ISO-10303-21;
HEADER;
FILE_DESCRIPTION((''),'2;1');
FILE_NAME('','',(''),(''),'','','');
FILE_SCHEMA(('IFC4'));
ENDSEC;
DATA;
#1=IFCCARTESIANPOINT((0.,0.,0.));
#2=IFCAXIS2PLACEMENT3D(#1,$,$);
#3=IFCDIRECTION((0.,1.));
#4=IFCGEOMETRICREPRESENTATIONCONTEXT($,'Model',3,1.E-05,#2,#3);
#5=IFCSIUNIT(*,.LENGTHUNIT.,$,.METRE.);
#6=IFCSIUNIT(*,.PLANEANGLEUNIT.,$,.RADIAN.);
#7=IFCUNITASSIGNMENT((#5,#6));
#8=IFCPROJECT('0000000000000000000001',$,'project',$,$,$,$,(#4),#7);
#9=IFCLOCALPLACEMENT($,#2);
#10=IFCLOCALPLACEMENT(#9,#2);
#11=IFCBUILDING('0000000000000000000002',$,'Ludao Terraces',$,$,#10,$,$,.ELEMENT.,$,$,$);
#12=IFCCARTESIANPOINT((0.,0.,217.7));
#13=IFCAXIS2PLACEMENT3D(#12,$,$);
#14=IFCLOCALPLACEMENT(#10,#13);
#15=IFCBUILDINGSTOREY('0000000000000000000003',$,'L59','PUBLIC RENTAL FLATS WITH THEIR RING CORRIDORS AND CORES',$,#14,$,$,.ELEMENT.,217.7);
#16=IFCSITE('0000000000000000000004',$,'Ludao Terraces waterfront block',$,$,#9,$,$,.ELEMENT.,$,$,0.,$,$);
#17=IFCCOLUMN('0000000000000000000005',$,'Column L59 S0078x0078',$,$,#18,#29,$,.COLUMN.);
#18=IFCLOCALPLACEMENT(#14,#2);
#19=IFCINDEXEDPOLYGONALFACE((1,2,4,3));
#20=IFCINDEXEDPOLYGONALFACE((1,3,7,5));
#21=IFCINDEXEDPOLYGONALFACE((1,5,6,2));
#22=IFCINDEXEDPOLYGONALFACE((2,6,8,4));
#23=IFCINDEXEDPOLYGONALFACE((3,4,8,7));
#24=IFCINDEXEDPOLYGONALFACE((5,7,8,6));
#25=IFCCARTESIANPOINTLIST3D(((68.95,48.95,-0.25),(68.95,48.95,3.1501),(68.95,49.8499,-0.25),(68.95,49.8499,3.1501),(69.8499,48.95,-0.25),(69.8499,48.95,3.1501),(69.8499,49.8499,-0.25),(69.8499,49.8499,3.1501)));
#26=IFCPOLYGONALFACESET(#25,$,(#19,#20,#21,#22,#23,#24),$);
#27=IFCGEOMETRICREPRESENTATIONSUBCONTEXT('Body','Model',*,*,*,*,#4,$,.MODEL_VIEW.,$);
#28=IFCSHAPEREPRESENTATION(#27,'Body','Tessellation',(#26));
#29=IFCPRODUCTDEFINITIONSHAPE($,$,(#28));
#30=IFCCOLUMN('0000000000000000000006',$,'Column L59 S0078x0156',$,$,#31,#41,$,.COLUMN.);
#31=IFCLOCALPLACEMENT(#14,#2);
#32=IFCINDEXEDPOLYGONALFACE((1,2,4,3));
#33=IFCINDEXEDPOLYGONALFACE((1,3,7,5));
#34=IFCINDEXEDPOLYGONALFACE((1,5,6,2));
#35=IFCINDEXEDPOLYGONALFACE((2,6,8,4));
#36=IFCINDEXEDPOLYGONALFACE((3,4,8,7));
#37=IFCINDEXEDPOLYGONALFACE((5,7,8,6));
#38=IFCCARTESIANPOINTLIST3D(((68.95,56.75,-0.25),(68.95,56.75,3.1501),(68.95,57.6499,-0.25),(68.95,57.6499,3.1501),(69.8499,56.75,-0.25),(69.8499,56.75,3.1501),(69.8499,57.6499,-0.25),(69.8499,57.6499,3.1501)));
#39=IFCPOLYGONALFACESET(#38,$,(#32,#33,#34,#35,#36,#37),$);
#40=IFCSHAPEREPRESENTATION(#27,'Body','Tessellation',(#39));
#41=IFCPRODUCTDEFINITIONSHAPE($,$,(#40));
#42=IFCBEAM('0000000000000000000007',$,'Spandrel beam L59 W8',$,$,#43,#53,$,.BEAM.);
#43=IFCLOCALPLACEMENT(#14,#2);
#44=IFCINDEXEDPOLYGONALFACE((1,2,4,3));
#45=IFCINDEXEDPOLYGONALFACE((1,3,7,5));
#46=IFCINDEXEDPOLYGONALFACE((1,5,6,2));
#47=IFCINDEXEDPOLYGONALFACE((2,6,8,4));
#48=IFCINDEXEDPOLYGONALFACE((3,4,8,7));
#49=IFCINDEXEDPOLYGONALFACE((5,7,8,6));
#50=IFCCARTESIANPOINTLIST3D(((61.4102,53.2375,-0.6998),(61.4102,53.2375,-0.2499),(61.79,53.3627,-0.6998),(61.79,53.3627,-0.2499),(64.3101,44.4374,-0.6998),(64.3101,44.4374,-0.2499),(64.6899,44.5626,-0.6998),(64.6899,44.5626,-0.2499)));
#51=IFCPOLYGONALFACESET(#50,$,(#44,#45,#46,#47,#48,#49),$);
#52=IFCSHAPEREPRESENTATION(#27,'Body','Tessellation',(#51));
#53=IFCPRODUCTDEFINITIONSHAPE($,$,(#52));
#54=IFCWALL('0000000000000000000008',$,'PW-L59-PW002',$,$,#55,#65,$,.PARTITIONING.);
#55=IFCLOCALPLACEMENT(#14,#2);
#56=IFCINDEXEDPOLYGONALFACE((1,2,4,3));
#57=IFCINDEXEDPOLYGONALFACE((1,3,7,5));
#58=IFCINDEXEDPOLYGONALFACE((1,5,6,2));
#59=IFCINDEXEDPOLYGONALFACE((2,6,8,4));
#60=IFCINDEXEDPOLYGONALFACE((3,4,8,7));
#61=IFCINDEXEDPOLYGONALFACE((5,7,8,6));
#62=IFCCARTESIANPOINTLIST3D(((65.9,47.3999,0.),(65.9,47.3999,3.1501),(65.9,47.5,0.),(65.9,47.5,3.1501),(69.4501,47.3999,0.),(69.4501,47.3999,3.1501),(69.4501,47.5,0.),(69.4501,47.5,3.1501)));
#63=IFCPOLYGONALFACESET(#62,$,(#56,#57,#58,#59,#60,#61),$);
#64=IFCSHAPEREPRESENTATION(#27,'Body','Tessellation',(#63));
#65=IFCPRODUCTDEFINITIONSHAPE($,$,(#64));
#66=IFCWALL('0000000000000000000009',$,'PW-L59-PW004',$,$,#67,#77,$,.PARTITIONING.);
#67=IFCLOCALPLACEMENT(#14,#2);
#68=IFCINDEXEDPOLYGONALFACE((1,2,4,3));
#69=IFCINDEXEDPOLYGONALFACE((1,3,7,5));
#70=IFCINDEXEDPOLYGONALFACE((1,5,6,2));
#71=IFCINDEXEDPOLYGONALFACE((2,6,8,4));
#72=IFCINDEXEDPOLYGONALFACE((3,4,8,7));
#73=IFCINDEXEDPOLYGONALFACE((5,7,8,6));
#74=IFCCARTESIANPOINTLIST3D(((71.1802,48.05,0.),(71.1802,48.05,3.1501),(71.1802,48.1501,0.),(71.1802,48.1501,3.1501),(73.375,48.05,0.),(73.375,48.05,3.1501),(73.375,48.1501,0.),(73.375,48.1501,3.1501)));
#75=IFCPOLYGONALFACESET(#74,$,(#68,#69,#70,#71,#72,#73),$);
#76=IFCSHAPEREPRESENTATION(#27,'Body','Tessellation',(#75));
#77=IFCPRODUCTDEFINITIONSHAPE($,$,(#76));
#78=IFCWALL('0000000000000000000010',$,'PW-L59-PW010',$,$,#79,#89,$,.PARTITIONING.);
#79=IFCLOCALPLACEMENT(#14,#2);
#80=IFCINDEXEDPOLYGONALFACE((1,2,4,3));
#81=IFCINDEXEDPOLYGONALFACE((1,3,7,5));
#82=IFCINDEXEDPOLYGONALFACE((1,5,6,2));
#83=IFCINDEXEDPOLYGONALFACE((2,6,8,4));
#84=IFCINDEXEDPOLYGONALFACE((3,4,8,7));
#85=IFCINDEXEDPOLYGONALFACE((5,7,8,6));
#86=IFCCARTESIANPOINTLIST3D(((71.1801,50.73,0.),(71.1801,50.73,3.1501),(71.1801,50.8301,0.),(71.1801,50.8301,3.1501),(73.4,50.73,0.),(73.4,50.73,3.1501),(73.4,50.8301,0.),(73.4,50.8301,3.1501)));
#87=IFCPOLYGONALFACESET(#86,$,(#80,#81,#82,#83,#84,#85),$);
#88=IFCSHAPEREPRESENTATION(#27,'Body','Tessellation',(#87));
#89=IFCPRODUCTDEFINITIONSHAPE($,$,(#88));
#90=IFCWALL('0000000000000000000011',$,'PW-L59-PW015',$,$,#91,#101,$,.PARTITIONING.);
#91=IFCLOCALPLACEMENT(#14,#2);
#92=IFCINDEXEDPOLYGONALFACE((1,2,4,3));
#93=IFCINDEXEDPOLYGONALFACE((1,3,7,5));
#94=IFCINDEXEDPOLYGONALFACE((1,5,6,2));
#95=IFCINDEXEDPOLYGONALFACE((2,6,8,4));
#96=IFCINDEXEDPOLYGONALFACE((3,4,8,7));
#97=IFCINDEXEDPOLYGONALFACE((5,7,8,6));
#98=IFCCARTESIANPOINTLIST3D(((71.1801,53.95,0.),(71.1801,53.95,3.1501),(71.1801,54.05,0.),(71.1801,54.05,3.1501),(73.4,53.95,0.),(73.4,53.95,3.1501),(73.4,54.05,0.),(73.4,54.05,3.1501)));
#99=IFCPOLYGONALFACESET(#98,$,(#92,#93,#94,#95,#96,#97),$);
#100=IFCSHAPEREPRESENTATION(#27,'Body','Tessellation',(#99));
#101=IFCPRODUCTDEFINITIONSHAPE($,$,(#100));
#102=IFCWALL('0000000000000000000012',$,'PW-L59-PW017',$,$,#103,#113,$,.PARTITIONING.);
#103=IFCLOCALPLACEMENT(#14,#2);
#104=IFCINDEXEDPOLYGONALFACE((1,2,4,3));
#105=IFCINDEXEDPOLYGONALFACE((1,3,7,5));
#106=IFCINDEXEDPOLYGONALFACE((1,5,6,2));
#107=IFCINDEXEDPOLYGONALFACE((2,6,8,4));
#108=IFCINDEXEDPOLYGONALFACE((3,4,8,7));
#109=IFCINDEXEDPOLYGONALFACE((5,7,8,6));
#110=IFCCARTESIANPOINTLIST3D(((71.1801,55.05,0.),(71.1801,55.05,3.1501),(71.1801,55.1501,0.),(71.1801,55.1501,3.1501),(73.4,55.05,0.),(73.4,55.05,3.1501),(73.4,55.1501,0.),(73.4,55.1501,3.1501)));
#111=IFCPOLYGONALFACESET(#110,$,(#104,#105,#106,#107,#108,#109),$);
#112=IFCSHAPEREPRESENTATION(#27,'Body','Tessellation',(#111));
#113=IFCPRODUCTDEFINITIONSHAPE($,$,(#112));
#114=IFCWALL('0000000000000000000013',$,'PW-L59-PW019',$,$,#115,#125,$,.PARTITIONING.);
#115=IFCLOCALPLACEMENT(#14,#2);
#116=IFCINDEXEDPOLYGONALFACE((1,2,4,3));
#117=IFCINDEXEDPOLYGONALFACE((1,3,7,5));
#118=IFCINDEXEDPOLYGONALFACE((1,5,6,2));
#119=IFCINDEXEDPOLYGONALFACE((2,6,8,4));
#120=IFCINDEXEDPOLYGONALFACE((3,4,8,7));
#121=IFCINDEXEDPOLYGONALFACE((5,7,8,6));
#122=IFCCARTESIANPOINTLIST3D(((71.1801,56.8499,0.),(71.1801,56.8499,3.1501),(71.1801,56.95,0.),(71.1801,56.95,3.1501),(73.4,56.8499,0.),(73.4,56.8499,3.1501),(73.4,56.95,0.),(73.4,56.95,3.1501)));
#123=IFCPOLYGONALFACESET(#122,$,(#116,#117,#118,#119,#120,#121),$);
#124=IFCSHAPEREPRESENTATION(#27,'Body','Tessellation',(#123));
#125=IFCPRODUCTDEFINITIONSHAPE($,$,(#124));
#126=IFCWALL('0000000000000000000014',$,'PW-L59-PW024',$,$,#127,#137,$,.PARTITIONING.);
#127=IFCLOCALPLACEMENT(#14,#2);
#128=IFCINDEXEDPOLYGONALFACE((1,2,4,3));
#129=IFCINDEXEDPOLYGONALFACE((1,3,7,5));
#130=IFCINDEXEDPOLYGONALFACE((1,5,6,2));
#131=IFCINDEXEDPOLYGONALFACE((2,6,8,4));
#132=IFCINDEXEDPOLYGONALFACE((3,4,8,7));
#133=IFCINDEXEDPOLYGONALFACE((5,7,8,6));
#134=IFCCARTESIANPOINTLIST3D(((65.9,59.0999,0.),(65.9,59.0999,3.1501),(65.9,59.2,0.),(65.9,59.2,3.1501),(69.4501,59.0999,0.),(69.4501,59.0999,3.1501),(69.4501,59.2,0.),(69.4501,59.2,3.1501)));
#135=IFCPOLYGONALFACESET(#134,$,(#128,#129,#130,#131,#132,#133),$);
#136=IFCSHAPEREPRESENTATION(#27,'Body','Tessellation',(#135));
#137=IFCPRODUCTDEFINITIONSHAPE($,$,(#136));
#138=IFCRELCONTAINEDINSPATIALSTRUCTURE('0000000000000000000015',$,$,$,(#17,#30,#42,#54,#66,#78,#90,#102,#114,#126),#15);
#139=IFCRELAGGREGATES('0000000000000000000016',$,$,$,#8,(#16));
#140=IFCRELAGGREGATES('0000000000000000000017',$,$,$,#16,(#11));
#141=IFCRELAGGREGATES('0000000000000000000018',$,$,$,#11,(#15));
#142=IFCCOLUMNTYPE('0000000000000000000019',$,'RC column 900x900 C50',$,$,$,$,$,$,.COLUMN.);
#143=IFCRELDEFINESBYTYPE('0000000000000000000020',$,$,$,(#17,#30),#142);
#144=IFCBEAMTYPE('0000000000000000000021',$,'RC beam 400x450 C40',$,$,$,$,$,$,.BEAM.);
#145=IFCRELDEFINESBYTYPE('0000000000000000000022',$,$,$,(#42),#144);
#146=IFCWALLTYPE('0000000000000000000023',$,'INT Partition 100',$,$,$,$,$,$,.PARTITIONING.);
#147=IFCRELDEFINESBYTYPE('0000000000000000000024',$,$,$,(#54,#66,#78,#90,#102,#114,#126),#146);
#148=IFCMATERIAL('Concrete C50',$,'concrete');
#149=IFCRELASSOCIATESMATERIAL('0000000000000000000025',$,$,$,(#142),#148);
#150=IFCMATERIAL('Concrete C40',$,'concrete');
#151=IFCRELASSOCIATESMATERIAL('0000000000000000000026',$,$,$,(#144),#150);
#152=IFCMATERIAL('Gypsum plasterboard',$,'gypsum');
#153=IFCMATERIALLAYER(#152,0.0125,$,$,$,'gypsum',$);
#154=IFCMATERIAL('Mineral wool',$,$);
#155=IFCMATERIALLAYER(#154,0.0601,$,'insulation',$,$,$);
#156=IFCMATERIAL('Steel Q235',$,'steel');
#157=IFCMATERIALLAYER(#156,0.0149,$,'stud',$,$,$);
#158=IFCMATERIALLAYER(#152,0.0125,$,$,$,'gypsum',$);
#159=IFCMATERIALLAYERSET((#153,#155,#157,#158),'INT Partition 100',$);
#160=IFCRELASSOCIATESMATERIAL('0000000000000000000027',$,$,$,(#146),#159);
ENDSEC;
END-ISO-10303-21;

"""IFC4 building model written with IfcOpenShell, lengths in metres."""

from ifc_helpers import new_model, si_unit, direction, frame, frame_2d, origin, origin_2d, place, context, subcontext, project, spatial, rectangle, extrude, material, layer, layer_set, material_profile, profile_set, type_object, element, save


model = new_model("IFC4")

# Units and contexts
model_context = context("Model", 3, precision=1e-05, world=origin(), true_north=direction((0.0, 1.0)))
body_context = subcontext(model_context, "Body", "Model", "MODEL_VIEW")
ifc_project = project(units=[si_unit("LENGTHUNIT", "METRE"), si_unit("PLANEANGLEUNIT", "RADIAN")], contexts=[model_context])

# Site, building, storey
site_placement = place(None, origin())
site = spatial("IfcSite", under=ifc_project, at=site_placement, Name="Ludao Terraces waterfront block", CompositionType="ELEMENT", RefElevation=0.0)
building_placement = place(site_placement, origin())
building = spatial("IfcBuilding", under=site, at=building_placement, Name="Ludao Terraces", CompositionType="ELEMENT")
storey_placement = place(building_placement, frame((0.0, 0.0, 217.7)))
storey = spatial("IfcBuildingStorey", under=building, at=storey_placement, Name="L59", Description="PUBLIC RENTAL FLATS WITH THEIR RING CORRIDORS AND CORES", CompositionType="ELEMENT", Elevation=217.7)

# Columns
ifc_material_1 = material(Name="Concrete C50", Category="concrete")
ifc_material_profile_1 = material_profile(ifc_material_1, rectangle(XDim=0.8999, YDim=0.8999, at=origin_2d()), Name="900 X 900")
ifc_profile_set_1 = profile_set([ifc_material_profile_1], Name="Concrete C50")
column_type = type_object("IfcColumnType", Name="RC column 900x900 C50", PredefinedType="COLUMN", material=ifc_profile_set_1)
for number, where, z_axis, x_axis, name in (
    (1, (69.3999, 49.3999, -0.25), (0.0, 0.0, 1.0), (1.0, 0.0, 0.0), "Column L59 S0078x0078"),
    (2, (69.3999, 57.2, -0.25), (0.0, 0.0, 1.0), (1.0, 0.0, 0.0), "Column L59 S0078x0156"),
):
    element("IfcColumn", number, at=place(storey_placement, frame(where, z_axis=z_axis, x_axis=x_axis)), inside=storey, type_object=column_type, Name=name, PredefinedType="COLUMN", context=body_context, shape_type="SweptSolid", body=[
        extrude(rectangle(XDim=0.8999, YDim=0.8999, at=origin_2d()), origin(), (0.0, 0.0, 1.0), 3.4001),
    ])

# Beam
ifc_material_2 = material(Name="Concrete C40", Category="concrete")
ifc_material_profile_2 = material_profile(ifc_material_2, rectangle(XDim=0.3999, YDim=0.45, at=origin_2d()), Name="400 X 450")
ifc_profile_set_2 = profile_set([ifc_material_profile_2], Name="Concrete C40")
beam_type = type_object("IfcBeamType", Name="RC beam 400x450 C40", PredefinedType="BEAM", material=ifc_profile_set_2)
beam_placement = place(storey_placement, frame((64.5, 44.5, -0.4749), z_axis=(-0.312977, 0.949761, 0.0), x_axis=(-0.949761, -0.312977, 0.0)))
element("IfcBeam", 3, at=beam_placement, inside=storey, type_object=beam_type, Name="Spandrel beam L59 W8", PredefinedType="BEAM", context=body_context, shape_type="SweptSolid", body=[
    extrude(rectangle(XDim=0.3999, YDim=0.45, at=origin_2d()), origin(), (0.0, 0.0, 1.0), 9.2656),
])

# Walls
ifc_material_3 = material(Name="Gypsum plasterboard", Category="gypsum")
ifc_layer_1 = layer(ifc_material_3, 0.0125, Category="gypsum")
ifc_material_4 = material(Name="Mineral wool")
ifc_layer_2 = layer(ifc_material_4, 0.0601, Name="insulation")
ifc_material_5 = material(Name="Steel Q235", Category="steel")
ifc_layer_3 = layer(ifc_material_5, 0.0149, Name="stud")
ifc_layer_4 = layer(ifc_material_3, 0.0125, Category="gypsum")
ifc_layer_set = layer_set([ifc_layer_1, ifc_layer_2, ifc_layer_3, ifc_layer_4], Name="INT Partition 100")
wall_type = type_object("IfcWallType", Name="INT Partition 100", PredefinedType="PARTITIONING", material=ifc_layer_set)
wall_1_placement = place(storey_placement, frame((65.9001, 47.45, 0.0), z_axis=(0.0, 0.0, 1.0), x_axis=(1.0, 0.0, 0.0)))
element("IfcWall", 4, at=wall_1_placement, inside=storey, type_object=wall_type, Name="PW-L59-PW002", PredefinedType="PARTITIONING", context=body_context, shape_type="SweptSolid", body=[
    extrude(rectangle(XDim=3.55, YDim=0.1001, at=frame_2d((1.7749, 0.0))), origin(), (0.0, 0.0, 1.0), 3.1501),
])
wall_2_placement = place(storey_placement, frame((71.1802, 48.1001, 0.0), z_axis=(0.0, 0.0, 1.0), x_axis=(1.0, 0.0, 0.0)))
element("IfcWall", 5, at=wall_2_placement, inside=storey, type_object=wall_type, Name="PW-L59-PW004", PredefinedType="PARTITIONING", context=body_context, shape_type="SweptSolid", body=[
    extrude(rectangle(XDim=2.1948, YDim=0.1001, at=frame_2d((1.0974, 0.0))), origin(), (0.0, 0.0, 1.0), 3.1501),
])
for number, where, z_axis, x_axis, name in (
    (6, (71.1802, 50.78, 0.0), (0.0, 0.0, 1.0), (1.0, 0.0, 0.0), "PW-L59-PW010"),
    (7, (71.1802, 54.0, 0.0), (0.0, 0.0, 1.0), (1.0, 0.0, 0.0), "PW-L59-PW015"),
    (8, (71.1802, 55.1001, 0.0), (0.0, 0.0, 1.0), (1.0, 0.0, 0.0), "PW-L59-PW017"),
    (9, (71.1802, 56.8999, 0.0), (0.0, 0.0, 1.0), (1.0, 0.0, 0.0), "PW-L59-PW019"),
):
    element("IfcWall", number, at=place(storey_placement, frame(where, z_axis=z_axis, x_axis=x_axis)), inside=storey, type_object=wall_type, Name=name, PredefinedType="PARTITIONING", context=body_context, shape_type="SweptSolid", body=[
        extrude(rectangle(XDim=2.22, YDim=0.1001, at=frame_2d((1.1099, 0.0))), origin(), (0.0, 0.0, 1.0), 3.1501),
    ])
wall_3_placement = place(storey_placement, frame((65.9001, 59.1499, 0.0), z_axis=(0.0, 0.0, 1.0), x_axis=(1.0, 0.0, 0.0)))
element("IfcWall", 10, at=wall_3_placement, inside=storey, type_object=wall_type, Name="PW-L59-PW024", PredefinedType="PARTITIONING", context=body_context, shape_type="SweptSolid", body=[
    extrude(rectangle(XDim=3.55, YDim=0.1001, at=frame_2d((1.7749, 0.0))), origin(), (0.0, 0.0, 1.0), 3.1501),
])

save(model, "model.ifc")
